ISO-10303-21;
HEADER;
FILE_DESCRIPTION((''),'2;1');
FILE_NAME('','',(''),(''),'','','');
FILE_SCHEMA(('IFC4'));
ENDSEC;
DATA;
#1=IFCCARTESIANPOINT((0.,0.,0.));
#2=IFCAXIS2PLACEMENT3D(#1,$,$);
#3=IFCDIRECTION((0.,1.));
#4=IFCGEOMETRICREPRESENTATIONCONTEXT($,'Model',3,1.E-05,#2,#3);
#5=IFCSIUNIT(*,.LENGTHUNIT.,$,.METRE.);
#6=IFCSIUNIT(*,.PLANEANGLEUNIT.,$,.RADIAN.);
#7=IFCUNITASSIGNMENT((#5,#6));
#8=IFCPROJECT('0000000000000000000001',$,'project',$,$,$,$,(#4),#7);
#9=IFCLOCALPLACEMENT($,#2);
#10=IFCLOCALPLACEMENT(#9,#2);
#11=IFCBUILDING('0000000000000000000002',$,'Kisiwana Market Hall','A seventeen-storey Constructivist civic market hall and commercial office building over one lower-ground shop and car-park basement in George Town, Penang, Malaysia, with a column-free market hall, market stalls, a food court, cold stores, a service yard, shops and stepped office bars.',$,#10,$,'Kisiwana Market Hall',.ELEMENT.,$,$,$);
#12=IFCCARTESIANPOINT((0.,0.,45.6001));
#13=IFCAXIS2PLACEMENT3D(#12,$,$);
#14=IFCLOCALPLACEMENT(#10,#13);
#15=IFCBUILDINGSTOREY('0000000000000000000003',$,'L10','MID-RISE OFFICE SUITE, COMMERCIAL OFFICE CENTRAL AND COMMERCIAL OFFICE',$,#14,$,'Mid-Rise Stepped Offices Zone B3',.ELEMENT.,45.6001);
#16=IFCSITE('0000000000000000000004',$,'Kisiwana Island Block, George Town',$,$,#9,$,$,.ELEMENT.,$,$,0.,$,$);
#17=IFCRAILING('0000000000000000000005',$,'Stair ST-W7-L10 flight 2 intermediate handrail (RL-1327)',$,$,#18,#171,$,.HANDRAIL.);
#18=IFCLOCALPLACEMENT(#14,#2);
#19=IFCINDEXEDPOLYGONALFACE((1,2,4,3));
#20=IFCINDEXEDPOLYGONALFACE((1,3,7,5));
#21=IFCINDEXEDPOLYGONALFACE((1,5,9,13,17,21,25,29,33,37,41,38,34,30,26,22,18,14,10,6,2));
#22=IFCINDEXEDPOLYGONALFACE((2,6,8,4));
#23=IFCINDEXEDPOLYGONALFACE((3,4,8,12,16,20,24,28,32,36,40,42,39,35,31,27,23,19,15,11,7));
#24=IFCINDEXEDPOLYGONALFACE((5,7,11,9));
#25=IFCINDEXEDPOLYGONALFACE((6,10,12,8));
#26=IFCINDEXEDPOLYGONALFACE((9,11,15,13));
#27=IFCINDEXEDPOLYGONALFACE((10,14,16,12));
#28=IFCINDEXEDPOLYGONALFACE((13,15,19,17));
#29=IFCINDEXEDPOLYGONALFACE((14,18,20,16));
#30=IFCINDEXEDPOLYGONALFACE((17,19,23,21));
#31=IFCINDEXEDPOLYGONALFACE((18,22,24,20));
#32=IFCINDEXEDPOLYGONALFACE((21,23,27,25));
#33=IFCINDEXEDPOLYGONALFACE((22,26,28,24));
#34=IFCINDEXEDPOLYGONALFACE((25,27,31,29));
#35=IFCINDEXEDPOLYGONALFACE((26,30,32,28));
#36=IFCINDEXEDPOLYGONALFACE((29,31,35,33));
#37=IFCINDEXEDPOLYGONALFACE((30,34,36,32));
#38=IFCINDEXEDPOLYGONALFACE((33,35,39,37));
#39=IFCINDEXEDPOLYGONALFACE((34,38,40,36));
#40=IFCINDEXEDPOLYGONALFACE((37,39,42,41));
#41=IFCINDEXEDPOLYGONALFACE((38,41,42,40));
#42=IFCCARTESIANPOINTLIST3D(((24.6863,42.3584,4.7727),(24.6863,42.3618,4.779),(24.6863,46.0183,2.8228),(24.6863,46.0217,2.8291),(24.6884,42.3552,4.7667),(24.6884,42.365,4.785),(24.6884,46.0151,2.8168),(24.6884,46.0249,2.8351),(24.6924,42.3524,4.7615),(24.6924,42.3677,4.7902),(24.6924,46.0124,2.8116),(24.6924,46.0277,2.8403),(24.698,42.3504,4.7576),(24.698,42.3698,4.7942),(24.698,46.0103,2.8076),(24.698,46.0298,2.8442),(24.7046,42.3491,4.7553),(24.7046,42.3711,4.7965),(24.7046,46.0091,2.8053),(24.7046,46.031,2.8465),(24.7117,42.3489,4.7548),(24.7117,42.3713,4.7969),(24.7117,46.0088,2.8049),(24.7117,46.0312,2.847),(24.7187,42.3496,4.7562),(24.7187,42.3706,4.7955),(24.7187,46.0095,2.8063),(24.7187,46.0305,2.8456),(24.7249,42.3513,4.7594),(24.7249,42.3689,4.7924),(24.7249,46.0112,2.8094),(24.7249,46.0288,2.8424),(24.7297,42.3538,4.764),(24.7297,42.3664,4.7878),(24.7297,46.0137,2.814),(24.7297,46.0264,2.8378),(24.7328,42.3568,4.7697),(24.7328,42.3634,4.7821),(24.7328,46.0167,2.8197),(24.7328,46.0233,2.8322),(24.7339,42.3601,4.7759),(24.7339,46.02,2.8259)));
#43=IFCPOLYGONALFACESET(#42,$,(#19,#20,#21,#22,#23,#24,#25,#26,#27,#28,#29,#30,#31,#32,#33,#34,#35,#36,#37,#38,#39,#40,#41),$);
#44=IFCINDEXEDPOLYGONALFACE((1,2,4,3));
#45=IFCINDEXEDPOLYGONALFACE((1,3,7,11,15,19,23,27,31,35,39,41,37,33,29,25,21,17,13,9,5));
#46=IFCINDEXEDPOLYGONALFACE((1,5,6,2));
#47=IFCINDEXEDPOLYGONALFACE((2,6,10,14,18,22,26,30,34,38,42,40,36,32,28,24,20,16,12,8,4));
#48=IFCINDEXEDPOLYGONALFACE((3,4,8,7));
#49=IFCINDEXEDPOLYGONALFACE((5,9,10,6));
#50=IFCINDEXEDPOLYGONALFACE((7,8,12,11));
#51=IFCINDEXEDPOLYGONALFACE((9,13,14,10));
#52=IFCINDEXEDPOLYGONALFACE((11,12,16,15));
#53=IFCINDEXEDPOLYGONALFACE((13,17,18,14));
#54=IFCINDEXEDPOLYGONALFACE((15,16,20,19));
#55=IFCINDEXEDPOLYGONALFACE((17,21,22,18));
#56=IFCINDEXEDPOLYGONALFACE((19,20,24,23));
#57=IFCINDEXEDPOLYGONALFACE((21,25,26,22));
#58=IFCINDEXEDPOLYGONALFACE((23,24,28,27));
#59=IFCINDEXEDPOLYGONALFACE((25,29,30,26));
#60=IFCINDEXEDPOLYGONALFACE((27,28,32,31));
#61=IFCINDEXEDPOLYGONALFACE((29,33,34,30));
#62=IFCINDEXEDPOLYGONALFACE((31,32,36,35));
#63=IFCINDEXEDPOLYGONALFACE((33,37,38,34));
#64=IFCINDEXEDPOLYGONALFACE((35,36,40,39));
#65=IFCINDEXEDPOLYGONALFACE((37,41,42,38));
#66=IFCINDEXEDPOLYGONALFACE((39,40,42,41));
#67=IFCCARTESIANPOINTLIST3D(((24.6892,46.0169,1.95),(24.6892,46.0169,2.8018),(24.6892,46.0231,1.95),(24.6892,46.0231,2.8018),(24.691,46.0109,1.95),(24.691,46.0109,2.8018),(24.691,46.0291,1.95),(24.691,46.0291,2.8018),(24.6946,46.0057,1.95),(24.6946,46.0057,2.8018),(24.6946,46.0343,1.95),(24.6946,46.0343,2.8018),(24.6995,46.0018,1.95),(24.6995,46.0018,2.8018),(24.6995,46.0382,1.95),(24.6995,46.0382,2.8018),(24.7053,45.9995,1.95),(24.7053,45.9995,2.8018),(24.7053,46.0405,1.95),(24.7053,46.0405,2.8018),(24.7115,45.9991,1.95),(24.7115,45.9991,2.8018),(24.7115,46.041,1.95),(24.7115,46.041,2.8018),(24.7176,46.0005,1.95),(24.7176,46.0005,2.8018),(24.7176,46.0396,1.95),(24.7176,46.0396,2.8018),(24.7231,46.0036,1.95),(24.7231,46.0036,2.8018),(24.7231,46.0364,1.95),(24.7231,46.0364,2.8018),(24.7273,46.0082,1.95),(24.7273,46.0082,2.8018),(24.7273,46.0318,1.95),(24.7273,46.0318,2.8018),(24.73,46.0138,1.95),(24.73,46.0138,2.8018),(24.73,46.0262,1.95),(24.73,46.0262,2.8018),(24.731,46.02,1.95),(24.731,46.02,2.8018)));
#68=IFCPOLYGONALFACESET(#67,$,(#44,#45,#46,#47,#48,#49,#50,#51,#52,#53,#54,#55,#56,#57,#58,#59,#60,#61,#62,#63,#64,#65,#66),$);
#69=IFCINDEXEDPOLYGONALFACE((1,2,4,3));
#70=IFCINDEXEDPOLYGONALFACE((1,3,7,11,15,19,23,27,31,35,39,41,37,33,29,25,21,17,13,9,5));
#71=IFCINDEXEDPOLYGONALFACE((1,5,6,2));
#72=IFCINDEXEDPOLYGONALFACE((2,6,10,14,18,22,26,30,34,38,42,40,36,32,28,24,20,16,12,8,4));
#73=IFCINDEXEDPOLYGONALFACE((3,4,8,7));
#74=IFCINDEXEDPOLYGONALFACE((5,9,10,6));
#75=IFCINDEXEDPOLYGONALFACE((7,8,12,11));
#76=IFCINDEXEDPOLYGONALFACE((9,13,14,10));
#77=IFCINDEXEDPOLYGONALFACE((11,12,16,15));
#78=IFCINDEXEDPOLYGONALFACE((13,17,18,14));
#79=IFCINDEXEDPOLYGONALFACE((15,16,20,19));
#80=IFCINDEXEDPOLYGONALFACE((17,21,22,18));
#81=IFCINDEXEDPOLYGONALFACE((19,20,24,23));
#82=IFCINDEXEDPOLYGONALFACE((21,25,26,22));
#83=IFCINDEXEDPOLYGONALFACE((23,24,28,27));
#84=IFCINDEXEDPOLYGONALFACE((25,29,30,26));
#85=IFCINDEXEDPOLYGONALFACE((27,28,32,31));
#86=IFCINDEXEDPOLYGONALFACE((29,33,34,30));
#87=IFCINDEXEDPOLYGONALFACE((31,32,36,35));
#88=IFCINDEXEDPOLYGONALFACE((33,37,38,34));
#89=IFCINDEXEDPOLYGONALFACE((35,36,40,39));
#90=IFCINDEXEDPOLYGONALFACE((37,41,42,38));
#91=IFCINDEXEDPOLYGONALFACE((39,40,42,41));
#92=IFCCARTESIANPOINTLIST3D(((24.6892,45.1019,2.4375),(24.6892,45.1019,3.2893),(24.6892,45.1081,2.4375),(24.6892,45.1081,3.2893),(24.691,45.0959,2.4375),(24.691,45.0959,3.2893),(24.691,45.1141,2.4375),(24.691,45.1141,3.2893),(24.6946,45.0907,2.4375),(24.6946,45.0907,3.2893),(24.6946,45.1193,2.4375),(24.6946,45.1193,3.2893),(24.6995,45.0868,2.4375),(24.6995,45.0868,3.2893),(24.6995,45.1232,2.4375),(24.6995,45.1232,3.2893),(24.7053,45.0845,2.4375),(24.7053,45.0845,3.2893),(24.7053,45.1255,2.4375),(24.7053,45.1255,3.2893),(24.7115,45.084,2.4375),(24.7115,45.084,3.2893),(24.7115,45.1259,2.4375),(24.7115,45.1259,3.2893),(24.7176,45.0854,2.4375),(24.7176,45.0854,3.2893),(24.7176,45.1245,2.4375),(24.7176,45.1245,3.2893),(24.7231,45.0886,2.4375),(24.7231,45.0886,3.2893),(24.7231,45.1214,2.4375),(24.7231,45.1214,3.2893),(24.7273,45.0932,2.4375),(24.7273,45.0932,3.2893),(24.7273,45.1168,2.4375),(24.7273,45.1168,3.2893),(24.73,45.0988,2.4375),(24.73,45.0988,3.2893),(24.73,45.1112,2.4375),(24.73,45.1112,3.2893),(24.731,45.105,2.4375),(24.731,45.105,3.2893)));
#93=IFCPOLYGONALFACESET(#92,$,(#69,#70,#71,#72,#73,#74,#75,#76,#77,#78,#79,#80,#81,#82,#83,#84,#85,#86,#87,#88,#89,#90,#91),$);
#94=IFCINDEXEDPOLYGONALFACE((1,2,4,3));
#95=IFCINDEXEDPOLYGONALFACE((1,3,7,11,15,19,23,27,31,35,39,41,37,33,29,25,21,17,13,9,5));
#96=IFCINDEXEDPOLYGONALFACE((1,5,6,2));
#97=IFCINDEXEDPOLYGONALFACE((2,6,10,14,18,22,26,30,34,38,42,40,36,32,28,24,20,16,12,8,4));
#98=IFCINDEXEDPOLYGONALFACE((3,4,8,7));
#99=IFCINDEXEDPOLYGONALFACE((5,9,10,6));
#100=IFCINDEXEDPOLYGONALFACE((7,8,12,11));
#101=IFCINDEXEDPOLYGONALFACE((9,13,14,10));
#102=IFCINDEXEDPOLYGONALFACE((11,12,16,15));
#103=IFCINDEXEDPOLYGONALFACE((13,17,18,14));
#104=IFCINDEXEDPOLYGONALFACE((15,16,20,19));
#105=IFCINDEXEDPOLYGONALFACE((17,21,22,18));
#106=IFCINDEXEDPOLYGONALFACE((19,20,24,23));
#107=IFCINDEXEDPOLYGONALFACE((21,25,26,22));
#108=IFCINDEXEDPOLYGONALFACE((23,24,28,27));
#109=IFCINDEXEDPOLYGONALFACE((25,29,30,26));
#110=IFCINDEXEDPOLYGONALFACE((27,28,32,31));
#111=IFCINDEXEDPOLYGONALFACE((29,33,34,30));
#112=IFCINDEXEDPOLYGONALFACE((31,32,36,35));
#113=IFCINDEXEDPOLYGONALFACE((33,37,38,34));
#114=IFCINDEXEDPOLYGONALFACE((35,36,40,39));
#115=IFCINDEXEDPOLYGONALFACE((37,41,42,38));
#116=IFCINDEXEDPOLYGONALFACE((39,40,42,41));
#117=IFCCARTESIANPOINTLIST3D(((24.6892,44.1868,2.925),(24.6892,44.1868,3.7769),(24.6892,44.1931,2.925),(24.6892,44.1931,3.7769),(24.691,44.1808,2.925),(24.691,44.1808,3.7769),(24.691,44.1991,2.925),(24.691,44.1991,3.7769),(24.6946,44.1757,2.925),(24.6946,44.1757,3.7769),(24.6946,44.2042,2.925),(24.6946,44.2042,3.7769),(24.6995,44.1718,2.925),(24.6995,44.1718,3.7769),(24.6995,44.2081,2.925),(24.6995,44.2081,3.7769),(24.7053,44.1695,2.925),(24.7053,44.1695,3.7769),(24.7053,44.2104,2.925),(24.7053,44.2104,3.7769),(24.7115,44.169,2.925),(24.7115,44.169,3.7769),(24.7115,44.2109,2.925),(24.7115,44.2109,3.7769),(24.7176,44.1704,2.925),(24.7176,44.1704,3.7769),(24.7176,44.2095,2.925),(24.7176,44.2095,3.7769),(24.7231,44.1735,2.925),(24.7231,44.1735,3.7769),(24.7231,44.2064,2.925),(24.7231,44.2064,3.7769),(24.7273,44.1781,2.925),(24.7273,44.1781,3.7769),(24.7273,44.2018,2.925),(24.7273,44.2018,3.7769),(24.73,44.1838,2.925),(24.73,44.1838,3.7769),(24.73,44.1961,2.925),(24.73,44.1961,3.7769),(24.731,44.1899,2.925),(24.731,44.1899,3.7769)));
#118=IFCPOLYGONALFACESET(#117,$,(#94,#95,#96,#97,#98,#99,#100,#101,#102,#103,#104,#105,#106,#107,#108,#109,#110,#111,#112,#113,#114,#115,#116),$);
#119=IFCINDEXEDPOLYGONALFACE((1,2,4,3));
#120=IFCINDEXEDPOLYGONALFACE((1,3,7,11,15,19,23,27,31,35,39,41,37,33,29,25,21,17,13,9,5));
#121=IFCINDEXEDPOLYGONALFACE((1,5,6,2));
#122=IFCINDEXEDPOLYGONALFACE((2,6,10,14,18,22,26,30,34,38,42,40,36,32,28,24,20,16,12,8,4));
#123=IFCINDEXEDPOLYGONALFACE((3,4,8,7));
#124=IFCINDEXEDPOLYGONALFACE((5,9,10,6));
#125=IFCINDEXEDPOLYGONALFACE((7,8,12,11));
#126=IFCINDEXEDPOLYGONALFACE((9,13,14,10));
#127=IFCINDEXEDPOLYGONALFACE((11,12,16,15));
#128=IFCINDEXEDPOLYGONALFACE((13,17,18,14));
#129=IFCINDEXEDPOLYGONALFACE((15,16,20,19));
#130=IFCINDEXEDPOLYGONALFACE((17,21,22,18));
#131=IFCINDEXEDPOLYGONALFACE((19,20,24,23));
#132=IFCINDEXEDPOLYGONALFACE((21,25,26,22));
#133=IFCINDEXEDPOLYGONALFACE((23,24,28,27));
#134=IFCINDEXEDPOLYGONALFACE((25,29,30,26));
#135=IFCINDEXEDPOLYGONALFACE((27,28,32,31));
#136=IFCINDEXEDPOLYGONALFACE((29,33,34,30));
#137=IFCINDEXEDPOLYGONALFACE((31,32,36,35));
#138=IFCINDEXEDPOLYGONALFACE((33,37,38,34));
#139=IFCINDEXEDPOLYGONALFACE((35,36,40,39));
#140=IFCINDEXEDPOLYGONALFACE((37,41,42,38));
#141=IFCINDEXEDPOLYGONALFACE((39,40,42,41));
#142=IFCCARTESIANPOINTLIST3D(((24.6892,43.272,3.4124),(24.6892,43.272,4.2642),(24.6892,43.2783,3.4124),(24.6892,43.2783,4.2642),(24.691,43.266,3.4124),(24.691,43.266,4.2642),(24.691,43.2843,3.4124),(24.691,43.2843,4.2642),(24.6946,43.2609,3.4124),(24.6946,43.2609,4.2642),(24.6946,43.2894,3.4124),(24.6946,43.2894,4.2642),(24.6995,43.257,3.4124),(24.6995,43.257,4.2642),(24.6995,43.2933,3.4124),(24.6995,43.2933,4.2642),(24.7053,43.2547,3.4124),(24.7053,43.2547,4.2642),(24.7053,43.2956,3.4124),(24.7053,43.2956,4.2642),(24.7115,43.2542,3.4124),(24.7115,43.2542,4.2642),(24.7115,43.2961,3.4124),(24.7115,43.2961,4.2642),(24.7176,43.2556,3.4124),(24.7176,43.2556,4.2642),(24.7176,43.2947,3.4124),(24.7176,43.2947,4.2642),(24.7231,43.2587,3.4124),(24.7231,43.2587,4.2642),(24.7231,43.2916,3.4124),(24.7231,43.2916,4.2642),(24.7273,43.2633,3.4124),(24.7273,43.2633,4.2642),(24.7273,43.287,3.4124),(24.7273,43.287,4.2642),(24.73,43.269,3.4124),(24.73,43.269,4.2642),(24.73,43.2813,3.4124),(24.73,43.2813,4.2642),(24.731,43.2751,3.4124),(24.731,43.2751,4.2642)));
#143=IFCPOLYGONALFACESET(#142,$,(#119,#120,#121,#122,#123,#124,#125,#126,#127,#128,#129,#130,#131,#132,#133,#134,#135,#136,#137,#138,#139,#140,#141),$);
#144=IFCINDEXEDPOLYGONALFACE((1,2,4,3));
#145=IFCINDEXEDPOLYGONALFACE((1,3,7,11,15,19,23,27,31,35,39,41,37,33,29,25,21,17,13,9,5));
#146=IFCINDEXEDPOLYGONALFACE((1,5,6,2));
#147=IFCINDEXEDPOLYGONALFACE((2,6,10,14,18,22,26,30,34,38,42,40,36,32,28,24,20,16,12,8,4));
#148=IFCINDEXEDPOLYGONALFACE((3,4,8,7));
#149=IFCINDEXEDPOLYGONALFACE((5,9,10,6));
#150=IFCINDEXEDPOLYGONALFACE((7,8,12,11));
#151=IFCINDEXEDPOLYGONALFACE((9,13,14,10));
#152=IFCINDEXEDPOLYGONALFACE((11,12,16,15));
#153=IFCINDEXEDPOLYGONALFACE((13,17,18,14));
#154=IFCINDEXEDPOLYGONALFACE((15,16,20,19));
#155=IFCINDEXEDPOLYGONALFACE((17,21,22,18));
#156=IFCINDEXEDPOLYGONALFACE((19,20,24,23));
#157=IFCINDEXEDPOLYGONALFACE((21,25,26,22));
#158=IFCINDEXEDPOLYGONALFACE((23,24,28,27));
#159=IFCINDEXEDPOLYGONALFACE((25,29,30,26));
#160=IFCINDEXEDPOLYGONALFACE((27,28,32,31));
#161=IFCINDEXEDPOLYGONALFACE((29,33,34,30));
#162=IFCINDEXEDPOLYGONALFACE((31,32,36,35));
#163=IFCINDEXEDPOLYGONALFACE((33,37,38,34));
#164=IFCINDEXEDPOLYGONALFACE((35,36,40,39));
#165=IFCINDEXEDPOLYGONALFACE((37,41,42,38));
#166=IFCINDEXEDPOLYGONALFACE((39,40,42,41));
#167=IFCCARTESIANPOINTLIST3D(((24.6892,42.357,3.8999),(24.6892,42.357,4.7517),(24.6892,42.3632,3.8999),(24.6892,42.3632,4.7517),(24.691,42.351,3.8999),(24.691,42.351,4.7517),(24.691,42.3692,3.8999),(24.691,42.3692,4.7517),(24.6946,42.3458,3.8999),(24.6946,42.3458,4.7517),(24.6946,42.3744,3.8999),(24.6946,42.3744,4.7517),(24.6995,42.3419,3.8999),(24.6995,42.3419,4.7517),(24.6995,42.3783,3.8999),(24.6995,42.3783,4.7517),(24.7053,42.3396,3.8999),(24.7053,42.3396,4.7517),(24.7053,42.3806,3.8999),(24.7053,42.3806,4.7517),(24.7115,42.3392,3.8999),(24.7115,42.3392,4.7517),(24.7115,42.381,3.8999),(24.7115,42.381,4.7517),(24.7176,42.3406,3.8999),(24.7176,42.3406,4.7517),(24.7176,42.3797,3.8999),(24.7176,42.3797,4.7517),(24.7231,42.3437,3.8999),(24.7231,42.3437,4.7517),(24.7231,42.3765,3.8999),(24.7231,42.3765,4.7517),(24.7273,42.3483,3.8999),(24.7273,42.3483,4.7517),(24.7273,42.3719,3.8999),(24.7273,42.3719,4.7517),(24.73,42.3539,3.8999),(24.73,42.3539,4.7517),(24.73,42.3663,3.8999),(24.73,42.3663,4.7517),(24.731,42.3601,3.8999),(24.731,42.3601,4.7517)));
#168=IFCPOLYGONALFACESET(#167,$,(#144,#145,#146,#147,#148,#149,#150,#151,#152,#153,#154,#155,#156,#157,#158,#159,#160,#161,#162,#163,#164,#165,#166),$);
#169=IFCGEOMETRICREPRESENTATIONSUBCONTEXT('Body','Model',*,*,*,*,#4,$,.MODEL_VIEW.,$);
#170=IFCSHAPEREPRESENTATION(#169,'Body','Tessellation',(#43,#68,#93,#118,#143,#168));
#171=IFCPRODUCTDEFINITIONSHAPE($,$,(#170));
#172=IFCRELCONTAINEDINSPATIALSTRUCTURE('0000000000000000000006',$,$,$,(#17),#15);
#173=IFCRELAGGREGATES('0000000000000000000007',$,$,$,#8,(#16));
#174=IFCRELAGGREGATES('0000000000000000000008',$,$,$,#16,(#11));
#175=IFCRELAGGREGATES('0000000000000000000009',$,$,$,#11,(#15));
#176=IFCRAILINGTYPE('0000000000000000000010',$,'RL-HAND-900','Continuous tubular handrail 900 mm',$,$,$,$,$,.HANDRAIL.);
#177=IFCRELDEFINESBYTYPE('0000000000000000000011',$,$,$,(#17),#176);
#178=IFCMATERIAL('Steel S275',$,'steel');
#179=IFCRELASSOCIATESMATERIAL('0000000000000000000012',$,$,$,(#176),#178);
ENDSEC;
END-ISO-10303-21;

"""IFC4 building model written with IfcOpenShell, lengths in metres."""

from ifc_helpers import new_model, si_unit, direction, frame, origin, origin_2d, place, context, subcontext, project, spatial, circle, extrude, material, type_object, element, save


model = new_model("IFC4")

# Units and contexts
model_context = context("Model", 3, precision=1e-05, world=origin(), true_north=direction((0.0, 1.0)))
body_context = subcontext(model_context, "Body", "Model", "MODEL_VIEW")
ifc_project = project(units=[si_unit("LENGTHUNIT", "METRE"), si_unit("PLANEANGLEUNIT", "RADIAN")], contexts=[model_context])

# Site, building, storey
site_placement = place(None, origin())
site = spatial("IfcSite", under=ifc_project, at=site_placement, Name="Kisiwana Island Block, George Town", CompositionType="ELEMENT", RefElevation=0.0)
building_placement = place(site_placement, origin())
building = spatial("IfcBuilding", under=site, at=building_placement, Name="Kisiwana Market Hall", Description="A seventeen-storey Constructivist civic market hall and commercial office building over one lower-ground shop and car-park basement in George Town, Penang, Malaysia, with a column-free market hall, market stalls, a food court, cold stores, a service yard, shops and stepped office bars.", LongName="Kisiwana Market Hall", CompositionType="ELEMENT")
storey_placement = place(building_placement, frame((0.0, 0.0, 45.6001)))
storey = spatial("IfcBuildingStorey", under=building, at=storey_placement, Name="L10", Description="MID-RISE OFFICE SUITE, COMMERCIAL OFFICE CENTRAL AND COMMERCIAL OFFICE", LongName="Mid-Rise Stepped Offices Zone B3", CompositionType="ELEMENT", Elevation=45.6001)

# Railing
ifc_material_1 = material(Name="Steel S275", Category="steel")
railing_type_1 = type_object("IfcRailingType", Name="RL-HAND-900", Description="Continuous tubular handrail 900 mm", PredefinedType="HANDRAIL", material=ifc_material_1)
railing_1_placement = place(storey_placement, frame((24.71, 46.02, 1.95)))
element("IfcRailing", 1, at=railing_1_placement, inside=storey, type_object=railing_type_1, Name="Stair ST-W7-L10 flight 2 intermediate handrail (RL-1327)", PredefinedType="HANDRAIL", context=body_context, shape_type="SweptSolid", body=[
    extrude(circle(Radius=0.0239, at=origin_2d()), frame((0.0, 0.0, 0.876), z_axis=(0.0, -0.882553, 0.470212), x_axis=(1.0, 0.0, 0.0)), (0.0, 0.0, 1.0), 4.147),
    extrude(circle(Radius=0.021, at=origin_2d()), origin(), (0.0, 0.0, 1.0), 0.8518),
    extrude(circle(Radius=0.021, at=origin_2d()), frame((0.0, -0.915, 0.4875)), (0.0, 0.0, 1.0), 0.8518),
    extrude(circle(Radius=0.021, at=origin_2d()), frame((0.0, -1.8301, 0.9751)), (0.0, 0.0, 1.0), 0.8518),
    extrude(circle(Radius=0.021, at=origin_2d()), frame((0.0, -2.7449, 1.4624)), (0.0, 0.0, 1.0), 0.8518),
    extrude(circle(Radius=0.021, at=origin_2d()), frame((0.0, -3.6599, 1.95)), (0.0, 0.0, 1.0), 0.8518),
])

save(model, "model.ifc")
